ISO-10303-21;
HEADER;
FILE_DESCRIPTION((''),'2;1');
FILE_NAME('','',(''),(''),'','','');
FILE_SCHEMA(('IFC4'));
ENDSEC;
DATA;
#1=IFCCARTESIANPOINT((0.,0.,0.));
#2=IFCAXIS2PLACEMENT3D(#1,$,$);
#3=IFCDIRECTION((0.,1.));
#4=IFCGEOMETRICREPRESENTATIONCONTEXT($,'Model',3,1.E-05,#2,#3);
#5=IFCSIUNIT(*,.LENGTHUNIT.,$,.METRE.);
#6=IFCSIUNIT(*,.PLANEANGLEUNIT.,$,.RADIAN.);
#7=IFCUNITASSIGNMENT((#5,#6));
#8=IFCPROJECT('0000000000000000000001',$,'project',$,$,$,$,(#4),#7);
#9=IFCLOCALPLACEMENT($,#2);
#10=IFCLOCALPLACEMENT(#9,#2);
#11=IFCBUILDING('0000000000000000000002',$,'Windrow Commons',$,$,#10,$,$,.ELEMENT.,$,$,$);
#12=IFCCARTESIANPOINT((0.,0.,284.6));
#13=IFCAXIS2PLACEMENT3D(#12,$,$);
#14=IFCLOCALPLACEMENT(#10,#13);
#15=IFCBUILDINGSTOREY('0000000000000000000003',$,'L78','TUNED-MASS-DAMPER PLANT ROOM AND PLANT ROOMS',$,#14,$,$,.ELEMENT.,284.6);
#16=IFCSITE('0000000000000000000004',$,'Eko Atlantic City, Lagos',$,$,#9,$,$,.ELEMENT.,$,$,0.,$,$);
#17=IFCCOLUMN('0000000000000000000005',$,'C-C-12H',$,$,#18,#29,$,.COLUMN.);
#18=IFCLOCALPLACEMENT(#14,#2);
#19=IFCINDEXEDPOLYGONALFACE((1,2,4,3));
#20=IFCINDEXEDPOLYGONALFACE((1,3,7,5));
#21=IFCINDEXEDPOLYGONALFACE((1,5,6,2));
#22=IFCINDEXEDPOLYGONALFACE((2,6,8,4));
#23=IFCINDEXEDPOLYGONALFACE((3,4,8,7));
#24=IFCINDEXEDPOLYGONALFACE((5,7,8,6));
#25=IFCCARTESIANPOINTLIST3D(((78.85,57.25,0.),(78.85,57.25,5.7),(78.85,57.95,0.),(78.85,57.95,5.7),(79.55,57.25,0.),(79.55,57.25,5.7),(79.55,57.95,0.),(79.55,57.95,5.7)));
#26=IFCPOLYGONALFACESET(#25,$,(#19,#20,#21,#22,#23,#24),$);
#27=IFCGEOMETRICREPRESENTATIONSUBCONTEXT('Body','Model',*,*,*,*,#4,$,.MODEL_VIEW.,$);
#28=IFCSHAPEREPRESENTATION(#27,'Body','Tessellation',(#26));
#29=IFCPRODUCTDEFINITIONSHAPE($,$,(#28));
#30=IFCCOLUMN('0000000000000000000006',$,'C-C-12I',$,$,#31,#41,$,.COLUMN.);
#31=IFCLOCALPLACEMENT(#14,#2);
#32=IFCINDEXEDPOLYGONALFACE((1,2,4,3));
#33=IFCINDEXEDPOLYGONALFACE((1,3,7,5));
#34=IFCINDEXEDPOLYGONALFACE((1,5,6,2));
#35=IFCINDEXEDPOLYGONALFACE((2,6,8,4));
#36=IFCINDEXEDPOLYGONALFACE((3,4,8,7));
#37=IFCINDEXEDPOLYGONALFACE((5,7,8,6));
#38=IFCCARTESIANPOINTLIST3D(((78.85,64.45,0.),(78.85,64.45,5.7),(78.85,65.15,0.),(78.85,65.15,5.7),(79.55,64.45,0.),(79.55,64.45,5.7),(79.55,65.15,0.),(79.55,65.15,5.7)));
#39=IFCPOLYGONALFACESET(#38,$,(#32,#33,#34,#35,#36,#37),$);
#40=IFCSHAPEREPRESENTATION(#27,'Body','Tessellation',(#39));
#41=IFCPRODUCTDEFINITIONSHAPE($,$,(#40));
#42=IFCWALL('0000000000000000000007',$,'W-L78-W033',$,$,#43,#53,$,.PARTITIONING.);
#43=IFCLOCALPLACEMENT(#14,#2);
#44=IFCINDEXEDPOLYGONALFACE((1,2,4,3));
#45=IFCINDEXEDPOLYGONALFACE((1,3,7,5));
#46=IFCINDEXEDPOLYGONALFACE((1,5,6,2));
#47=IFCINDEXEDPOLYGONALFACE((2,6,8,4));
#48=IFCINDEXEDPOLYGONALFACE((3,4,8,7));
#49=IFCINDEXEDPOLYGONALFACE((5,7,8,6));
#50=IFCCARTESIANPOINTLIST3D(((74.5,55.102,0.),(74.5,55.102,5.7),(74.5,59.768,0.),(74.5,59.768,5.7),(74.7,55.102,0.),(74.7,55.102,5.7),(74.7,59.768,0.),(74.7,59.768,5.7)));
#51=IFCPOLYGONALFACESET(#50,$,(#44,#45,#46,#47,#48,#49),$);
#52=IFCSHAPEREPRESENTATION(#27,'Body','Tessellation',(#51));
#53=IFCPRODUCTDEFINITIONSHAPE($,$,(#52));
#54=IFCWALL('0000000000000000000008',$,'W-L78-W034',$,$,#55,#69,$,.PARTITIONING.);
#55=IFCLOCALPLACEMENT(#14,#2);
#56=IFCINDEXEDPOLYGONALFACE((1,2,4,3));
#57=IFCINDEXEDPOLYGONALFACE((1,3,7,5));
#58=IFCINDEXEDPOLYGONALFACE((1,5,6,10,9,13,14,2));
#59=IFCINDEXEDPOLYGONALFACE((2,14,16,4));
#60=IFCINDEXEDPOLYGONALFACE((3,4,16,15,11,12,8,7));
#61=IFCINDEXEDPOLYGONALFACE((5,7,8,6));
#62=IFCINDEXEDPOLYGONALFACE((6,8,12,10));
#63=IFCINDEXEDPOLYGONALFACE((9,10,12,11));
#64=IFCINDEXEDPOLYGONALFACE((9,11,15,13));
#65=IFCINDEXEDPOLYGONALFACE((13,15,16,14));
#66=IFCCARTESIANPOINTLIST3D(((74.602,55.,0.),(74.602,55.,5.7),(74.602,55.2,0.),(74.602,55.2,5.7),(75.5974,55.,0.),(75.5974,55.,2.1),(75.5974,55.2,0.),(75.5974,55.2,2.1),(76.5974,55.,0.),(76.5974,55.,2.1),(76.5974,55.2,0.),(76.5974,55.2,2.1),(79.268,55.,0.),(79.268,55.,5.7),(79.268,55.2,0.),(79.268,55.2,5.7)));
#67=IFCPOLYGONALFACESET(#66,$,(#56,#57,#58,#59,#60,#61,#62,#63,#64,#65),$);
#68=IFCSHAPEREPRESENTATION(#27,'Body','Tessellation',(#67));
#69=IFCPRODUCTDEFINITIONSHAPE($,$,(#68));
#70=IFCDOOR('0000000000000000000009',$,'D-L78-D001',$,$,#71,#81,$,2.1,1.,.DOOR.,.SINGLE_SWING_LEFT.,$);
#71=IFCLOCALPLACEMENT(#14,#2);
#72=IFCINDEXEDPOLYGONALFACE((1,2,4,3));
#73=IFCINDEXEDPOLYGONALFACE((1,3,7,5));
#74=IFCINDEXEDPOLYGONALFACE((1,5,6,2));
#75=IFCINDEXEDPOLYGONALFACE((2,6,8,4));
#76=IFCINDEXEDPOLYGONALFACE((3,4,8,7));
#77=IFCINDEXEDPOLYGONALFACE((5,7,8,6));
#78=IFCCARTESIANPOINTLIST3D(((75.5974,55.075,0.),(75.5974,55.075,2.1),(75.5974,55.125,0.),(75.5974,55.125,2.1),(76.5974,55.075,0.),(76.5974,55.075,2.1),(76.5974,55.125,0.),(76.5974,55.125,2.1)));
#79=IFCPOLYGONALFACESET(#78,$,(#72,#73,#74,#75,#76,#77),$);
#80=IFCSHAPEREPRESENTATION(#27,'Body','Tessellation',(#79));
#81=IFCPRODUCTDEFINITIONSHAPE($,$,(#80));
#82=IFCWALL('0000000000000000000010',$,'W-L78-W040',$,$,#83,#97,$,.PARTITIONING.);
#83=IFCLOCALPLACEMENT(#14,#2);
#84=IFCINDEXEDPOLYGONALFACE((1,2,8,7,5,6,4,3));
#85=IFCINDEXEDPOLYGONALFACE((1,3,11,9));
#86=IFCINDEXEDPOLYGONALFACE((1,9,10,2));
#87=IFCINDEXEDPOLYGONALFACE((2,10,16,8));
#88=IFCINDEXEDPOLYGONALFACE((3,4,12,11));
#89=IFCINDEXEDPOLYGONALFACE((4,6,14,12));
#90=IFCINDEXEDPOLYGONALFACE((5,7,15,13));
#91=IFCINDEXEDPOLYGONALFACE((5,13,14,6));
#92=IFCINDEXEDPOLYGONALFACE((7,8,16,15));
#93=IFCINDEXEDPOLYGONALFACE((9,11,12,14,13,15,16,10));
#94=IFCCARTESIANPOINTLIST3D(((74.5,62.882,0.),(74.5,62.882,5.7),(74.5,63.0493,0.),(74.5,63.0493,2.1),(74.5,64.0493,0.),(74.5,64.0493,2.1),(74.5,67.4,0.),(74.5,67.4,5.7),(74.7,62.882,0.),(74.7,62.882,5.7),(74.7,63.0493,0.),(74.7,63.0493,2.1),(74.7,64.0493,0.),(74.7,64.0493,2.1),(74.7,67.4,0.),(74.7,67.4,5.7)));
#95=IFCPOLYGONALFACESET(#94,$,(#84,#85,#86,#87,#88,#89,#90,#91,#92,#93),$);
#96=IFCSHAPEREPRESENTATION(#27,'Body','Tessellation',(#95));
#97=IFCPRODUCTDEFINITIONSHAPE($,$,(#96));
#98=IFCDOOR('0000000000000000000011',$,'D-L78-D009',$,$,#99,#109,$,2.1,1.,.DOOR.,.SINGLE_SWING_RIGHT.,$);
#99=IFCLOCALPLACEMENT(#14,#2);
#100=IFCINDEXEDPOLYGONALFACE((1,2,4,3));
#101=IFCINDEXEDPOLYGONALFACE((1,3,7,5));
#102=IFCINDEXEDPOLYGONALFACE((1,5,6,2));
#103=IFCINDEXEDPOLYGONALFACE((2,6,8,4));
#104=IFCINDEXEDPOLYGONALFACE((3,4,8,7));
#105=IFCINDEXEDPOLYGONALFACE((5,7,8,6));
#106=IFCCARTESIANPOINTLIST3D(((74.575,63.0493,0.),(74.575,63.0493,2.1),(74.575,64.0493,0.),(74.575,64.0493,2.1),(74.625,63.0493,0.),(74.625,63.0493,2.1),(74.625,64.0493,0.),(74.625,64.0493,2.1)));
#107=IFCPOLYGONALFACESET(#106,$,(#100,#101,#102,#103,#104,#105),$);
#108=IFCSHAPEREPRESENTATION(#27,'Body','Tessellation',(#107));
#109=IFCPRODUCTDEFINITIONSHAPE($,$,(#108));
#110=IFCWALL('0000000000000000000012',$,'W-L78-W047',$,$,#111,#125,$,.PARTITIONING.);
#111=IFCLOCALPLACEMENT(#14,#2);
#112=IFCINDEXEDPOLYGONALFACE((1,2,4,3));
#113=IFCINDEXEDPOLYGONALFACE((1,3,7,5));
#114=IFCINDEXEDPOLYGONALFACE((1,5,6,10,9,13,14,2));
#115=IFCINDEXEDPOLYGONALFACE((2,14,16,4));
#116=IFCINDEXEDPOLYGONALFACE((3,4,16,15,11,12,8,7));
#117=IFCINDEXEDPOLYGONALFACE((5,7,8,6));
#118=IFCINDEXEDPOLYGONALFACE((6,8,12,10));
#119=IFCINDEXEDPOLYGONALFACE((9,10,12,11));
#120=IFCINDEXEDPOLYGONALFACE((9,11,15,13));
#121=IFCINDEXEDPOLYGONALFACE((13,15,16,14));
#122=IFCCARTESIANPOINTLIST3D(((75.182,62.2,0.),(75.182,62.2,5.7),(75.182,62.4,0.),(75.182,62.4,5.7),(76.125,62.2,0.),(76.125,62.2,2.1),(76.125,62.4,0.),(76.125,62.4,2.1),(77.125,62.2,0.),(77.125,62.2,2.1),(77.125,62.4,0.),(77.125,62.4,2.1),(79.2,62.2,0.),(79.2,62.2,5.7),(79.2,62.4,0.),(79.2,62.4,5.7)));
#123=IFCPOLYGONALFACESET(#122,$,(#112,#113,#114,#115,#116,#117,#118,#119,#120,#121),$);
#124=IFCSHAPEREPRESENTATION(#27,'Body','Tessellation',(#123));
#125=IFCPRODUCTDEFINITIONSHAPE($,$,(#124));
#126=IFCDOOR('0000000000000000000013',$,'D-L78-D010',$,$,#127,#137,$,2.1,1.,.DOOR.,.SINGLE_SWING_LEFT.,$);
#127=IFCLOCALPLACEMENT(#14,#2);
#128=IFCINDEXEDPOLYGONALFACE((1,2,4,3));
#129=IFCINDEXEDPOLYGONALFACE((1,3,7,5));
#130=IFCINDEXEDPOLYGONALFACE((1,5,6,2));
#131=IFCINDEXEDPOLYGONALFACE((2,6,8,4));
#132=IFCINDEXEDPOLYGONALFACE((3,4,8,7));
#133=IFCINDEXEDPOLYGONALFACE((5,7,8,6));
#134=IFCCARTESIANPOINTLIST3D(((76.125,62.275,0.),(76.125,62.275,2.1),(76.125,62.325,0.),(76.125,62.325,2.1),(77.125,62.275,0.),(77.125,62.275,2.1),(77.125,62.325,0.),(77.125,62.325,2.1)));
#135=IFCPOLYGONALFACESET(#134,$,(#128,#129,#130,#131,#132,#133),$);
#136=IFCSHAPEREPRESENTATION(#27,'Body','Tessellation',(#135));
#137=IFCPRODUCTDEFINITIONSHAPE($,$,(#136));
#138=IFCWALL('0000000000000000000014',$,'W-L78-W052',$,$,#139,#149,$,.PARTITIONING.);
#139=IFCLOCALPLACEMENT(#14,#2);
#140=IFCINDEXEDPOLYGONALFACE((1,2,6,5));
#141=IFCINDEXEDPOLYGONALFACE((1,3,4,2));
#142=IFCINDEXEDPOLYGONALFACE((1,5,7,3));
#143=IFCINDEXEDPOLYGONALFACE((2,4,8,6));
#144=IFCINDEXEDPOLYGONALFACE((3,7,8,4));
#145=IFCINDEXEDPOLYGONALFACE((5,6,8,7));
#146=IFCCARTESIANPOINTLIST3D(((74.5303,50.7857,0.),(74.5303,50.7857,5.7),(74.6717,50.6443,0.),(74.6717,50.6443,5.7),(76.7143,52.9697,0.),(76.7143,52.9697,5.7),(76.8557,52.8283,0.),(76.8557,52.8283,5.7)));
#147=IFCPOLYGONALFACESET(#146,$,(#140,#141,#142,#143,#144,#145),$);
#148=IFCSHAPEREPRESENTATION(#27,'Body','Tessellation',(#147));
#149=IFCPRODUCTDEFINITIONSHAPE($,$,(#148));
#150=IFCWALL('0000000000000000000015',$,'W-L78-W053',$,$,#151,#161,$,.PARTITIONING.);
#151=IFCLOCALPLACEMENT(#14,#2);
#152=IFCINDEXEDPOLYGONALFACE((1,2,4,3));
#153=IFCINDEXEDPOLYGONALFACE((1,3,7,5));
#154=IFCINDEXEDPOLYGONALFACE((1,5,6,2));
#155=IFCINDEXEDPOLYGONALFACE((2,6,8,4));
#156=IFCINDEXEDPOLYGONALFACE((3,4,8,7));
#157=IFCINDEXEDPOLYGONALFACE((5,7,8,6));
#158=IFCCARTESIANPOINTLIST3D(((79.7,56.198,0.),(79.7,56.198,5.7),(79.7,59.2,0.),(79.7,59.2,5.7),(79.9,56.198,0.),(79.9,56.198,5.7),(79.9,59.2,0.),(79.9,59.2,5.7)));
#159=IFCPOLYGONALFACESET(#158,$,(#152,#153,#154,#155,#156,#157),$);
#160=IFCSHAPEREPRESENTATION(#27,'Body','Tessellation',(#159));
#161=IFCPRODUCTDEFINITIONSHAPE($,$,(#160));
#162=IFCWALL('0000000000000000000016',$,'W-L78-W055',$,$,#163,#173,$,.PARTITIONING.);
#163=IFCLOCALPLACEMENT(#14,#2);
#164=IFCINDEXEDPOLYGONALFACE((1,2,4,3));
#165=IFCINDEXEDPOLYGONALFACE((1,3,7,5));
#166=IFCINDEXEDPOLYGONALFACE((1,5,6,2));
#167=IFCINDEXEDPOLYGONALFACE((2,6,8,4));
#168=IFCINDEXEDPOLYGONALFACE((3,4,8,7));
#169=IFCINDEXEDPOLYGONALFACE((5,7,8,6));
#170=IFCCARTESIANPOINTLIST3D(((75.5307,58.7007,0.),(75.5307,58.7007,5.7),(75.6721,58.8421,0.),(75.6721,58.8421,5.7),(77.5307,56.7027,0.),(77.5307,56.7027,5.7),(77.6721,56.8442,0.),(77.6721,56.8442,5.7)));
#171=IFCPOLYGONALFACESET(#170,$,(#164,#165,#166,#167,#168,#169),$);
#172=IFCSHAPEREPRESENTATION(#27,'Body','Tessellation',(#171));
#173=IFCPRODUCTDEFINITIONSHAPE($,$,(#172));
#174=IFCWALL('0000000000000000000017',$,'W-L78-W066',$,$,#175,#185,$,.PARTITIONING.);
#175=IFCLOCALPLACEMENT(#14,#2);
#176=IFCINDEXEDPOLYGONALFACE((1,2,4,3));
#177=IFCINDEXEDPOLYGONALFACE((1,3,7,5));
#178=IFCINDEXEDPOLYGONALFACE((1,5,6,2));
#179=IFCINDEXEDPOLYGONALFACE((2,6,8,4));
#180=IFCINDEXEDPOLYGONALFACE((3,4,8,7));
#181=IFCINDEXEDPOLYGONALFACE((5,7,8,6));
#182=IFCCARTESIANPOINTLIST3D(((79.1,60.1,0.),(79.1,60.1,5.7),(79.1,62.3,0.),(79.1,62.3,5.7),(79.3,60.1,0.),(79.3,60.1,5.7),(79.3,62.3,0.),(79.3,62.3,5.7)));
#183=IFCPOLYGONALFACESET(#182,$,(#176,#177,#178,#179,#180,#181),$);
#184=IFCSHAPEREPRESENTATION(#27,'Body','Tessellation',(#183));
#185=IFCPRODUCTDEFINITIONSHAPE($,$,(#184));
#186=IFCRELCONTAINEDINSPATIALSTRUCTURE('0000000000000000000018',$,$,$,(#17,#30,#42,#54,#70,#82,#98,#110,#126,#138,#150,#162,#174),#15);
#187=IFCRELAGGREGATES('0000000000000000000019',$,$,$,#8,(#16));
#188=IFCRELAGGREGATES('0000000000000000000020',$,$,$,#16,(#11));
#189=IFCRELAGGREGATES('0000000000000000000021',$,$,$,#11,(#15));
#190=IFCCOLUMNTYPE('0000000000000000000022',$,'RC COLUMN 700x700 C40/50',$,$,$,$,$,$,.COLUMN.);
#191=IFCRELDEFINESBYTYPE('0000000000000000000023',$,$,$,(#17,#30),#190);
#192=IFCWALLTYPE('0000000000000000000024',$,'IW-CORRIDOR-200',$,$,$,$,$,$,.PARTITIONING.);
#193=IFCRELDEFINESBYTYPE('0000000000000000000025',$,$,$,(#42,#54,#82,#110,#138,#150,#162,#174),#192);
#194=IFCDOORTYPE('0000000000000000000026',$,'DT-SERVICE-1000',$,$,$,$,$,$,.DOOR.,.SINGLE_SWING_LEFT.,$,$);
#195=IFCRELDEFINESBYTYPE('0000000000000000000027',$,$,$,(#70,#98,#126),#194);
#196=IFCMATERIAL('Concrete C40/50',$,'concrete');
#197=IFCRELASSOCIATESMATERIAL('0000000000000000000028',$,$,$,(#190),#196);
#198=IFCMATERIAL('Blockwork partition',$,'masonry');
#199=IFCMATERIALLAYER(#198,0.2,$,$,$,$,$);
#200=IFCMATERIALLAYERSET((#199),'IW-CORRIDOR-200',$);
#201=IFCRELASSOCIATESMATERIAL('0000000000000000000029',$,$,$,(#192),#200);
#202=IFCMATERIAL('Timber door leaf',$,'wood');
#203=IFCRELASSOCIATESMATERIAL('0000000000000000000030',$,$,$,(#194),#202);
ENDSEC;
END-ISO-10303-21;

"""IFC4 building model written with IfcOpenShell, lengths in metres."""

from ifc_helpers import new_model, si_unit, direction, frame, frame_2d, origin, origin_2d, place, context, subcontext, project, spatial, rectangle, extrude, material, layer, layer_set, material_profile, profile_set, type_object, element, fill, save


model = new_model("IFC4")

# Units and contexts
model_context = context("Model", 3, precision=1e-05, world=origin(), true_north=direction((0.0, 1.0)))
body_context = subcontext(model_context, "Body", "Model", "MODEL_VIEW")
ifc_project = project(units=[si_unit("LENGTHUNIT", "METRE"), si_unit("PLANEANGLEUNIT", "RADIAN")], contexts=[model_context])

# Site, building, storey
site_placement = place(None, origin())
site = spatial("IfcSite", under=ifc_project, at=site_placement, Name="Eko Atlantic City, Lagos", CompositionType="ELEMENT", RefElevation=0.0)
building_placement = place(site_placement, origin())
building = spatial("IfcBuilding", under=site, at=building_placement, Name="Windrow Commons", CompositionType="ELEMENT")
storey_placement = place(building_placement, frame((0.0, 0.0, 284.6)))
storey = spatial("IfcBuildingStorey", under=building, at=storey_placement, Name="L78", Description="TUNED-MASS-DAMPER PLANT ROOM AND PLANT ROOMS", CompositionType="ELEMENT", Elevation=284.6)

# Columns
ifc_material_1 = material(Name="Concrete C40/50", Category="concrete")
ifc_material_profile = material_profile(ifc_material_1, rectangle(XDim=0.7, YDim=0.7, at=origin_2d()))
ifc_profile_set = profile_set([ifc_material_profile], Name="Concrete C40/50")
column_type = type_object("IfcColumnType", Name="RC COLUMN 700x700 C40/50", PredefinedType="COLUMN", material=ifc_profile_set)
for number, where, z_axis, x_axis, name in (
    (1, (79.2, 57.6, 0.0), (0.0, 0.0, 1.0), (1.0, 0.0, 0.0), "C-C-12H"),
    (2, (79.2, 64.8, 0.0), (0.0, 0.0, 1.0), (1.0, 0.0, 0.0), "C-C-12I"),
):
    element("IfcColumn", number, at=place(storey_placement, frame(where, z_axis=z_axis, x_axis=x_axis)), inside=storey, type_object=column_type, Name=name, PredefinedType="COLUMN", context=body_context, shape_type="SweptSolid", body=[
        extrude(rectangle(XDim=0.7, YDim=0.7, at=origin_2d()), origin(), (0.0, 0.0, 1.0), 5.7),
    ])

# Wall
ifc_material_2 = material(Name="Blockwork partition", Category="masonry")
ifc_layer_1 = layer(ifc_material_2, 0.2)
ifc_layer_set_1 = layer_set([ifc_layer_1], Name="IW-CORRIDOR-200")
wall_type_1 = type_object("IfcWallType", Name="IW-CORRIDOR-200", PredefinedType="PARTITIONING", material=ifc_layer_set_1)
wall_1_placement = place(storey_placement, frame((74.6, 55.102, 0.0), z_axis=(0.0, 0.0, 1.0), x_axis=(0.0, 1.0, 0.0)))
element("IfcWall", 3, at=wall_1_placement, inside=storey, type_object=wall_type_1, Name="W-L78-W033", PredefinedType="PARTITIONING", context=body_context, shape_type="SweptSolid", body=[
    extrude(rectangle(XDim=4.666, YDim=0.2, at=frame_2d((2.333, 0.0))), origin(), (0.0, 0.0, 1.0), 5.7),
])

# Walls, openings, doors
wall_2_placement = place(storey_placement, frame((74.602, 55.1, 0.0), z_axis=(0.0, 0.0, 1.0), x_axis=(1.0, 0.0, 0.0)))
wall_2 = element("IfcWall", 4, at=wall_2_placement, inside=storey, type_object=wall_type_1, Name="W-L78-W034", PredefinedType="PARTITIONING", context=body_context, shape_type="SweptSolid", body=[
    extrude(rectangle(XDim=4.666, YDim=0.2, at=frame_2d((2.333, 0.0))), origin(), (0.0, 0.0, 1.0), 5.7),
])
opening_1_placement = place(wall_2_placement, frame((0.9954, 0.0, 0.0)))
opening_1 = element("IfcOpeningElement", 5, at=opening_1_placement, cuts=wall_2, PredefinedType="OPENING", context=body_context, shape_type="SweptSolid", body=[
    extrude(rectangle(XDim=1.0, YDim=2.1, at=frame_2d((0.5, 1.05))), frame((0.0, 0.11, 0.0), z_axis=(0.0, -1.0, 0.0), x_axis=(1.0, 0.0, 0.0)), (0.0, 0.0, 1.0), 0.22),
])
ifc_material_3 = material(Name="Timber door leaf", Category="wood")
door_type_1 = type_object("IfcDoorType", Name="DT-SERVICE-1000", OperationType="SINGLE_SWING_LEFT", PredefinedType="DOOR", material=ifc_material_3)
door_1_placement = place(opening_1_placement, origin())
door_1 = element("IfcDoor", 6, at=door_1_placement, inside=storey, type_object=door_type_1, Name="D-L78-D001", OperationType="SINGLE_SWING_LEFT", OverallHeight=2.1, OverallWidth=1.0, PredefinedType="DOOR", context=body_context, shape_type="SweptSolid", body=[
    extrude(rectangle(XDim=1.0, YDim=2.1, at=frame_2d((0.5, 1.05))), frame((0.0, 0.025, 0.0), z_axis=(0.0, -1.0, 0.0), x_axis=(1.0, 0.0, 0.0)), (0.0, 0.0, 1.0), 0.05),
])
fill(opening_1, door_1)
wall_3_placement = place(storey_placement, frame((74.6, 62.882, 0.0), z_axis=(0.0, 0.0, 1.0), x_axis=(0.0, 1.0, 0.0)))
wall_3 = element("IfcWall", 7, at=wall_3_placement, inside=storey, type_object=wall_type_1, Name="W-L78-W040", PredefinedType="PARTITIONING", context=body_context, shape_type="SweptSolid", body=[
    extrude(rectangle(XDim=4.518, YDim=0.2, at=frame_2d((2.259, 0.0))), origin(), (0.0, 0.0, 1.0), 5.7),
])
opening_2_placement = place(wall_3_placement, frame((0.1673, 0.0, 0.0)))
opening_2 = element("IfcOpeningElement", 8, at=opening_2_placement, cuts=wall_3, PredefinedType="OPENING", context=body_context, shape_type="SweptSolid", body=[
    extrude(rectangle(XDim=1.0, YDim=2.1, at=frame_2d((0.5, 1.05))), frame((0.0, 0.11, 0.0), z_axis=(0.0, -1.0, 0.0), x_axis=(1.0, 0.0, 0.0)), (0.0, 0.0, 1.0), 0.22),
])
door_2_placement = place(opening_2_placement, origin())
door_2 = element("IfcDoor", 9, at=door_2_placement, inside=storey, type_object=door_type_1, Name="D-L78-D009", OperationType="SINGLE_SWING_RIGHT", OverallHeight=2.1, OverallWidth=1.0, PredefinedType="DOOR", context=body_context, shape_type="SweptSolid", body=[
    extrude(rectangle(XDim=1.0, YDim=2.1, at=frame_2d((0.5, 1.05))), frame((0.0, 0.025, 0.0), z_axis=(0.0, -1.0, 0.0), x_axis=(1.0, 0.0, 0.0)), (0.0, 0.0, 1.0), 0.05),
])
fill(opening_2, door_2)
wall_4_placement = place(storey_placement, frame((75.182, 62.3, 0.0), z_axis=(0.0, 0.0, 1.0), x_axis=(1.0, 0.0, 0.0)))
wall_4 = element("IfcWall", 10, at=wall_4_placement, inside=storey, type_object=wall_type_1, Name="W-L78-W047", PredefinedType="PARTITIONING", context=body_context, shape_type="SweptSolid", body=[
    extrude(rectangle(XDim=4.018, YDim=0.2, at=frame_2d((2.009, 0.0))), origin(), (0.0, 0.0, 1.0), 5.7),
])
opening_3_placement = place(wall_4_placement, frame((0.943, 0.0, 0.0)))
opening_3 = element("IfcOpeningElement", 11, at=opening_3_placement, cuts=wall_4, PredefinedType="OPENING", context=body_context, shape_type="SweptSolid", body=[
    extrude(rectangle(XDim=1.0, YDim=2.1, at=frame_2d((0.5, 1.05))), frame((0.0, 0.11, 0.0), z_axis=(0.0, -1.0, 0.0), x_axis=(1.0, 0.0, 0.0)), (0.0, 0.0, 1.0), 0.22),
])
door_3_placement = place(opening_3_placement, origin())
door_3 = element("IfcDoor", 12, at=door_3_placement, inside=storey, type_object=door_type_1, Name="D-L78-D010", OperationType="SINGLE_SWING_LEFT", OverallHeight=2.1, OverallWidth=1.0, PredefinedType="DOOR", context=body_context, shape_type="SweptSolid", body=[
    extrude(rectangle(XDim=1.0, YDim=2.1, at=frame_2d((0.5, 1.05))), frame((0.0, 0.025, 0.0), z_axis=(0.0, -1.0, 0.0), x_axis=(1.0, 0.0, 0.0)), (0.0, 0.0, 1.0), 0.05),
])
fill(opening_3, door_3)

# Walls
wall_5_placement = place(storey_placement, frame((74.601, 50.715, 0.0), z_axis=(0.0, 0.0, 1.0), x_axis=(0.707107, 0.707107, 0.0)))
element("IfcWall", 13, at=wall_5_placement, inside=storey, type_object=wall_type_1, Name="W-L78-W052", PredefinedType="PARTITIONING", context=body_context, shape_type="SweptSolid", body=[
    extrude(rectangle(XDim=3.0886, YDim=0.2, at=frame_2d((1.5443, 0.0))), origin(), (0.0, 0.0, 1.0), 5.7),
])
wall_6_placement = place(storey_placement, frame((79.8, 56.198, 0.0), z_axis=(0.0, 0.0, 1.0), x_axis=(0.0, 1.0, 0.0)))
element("IfcWall", 14, at=wall_6_placement, inside=storey, type_object=wall_type_1, Name="W-L78-W053", PredefinedType="PARTITIONING", context=body_context, shape_type="SweptSolid", body=[
    extrude(rectangle(XDim=3.002, YDim=0.2, at=frame_2d((1.501, 0.0))), origin(), (0.0, 0.0, 1.0), 5.7),
])
wall_7_placement = place(storey_placement, frame((75.6014, 58.7714, 0.0), z_axis=(0.0, 0.0, 1.0), x_axis=(0.70746, -0.706753, 0.0)))
element("IfcWall", 15, at=wall_7_placement, inside=storey, type_object=wall_type_1, Name="W-L78-W055", PredefinedType="PARTITIONING", context=body_context, shape_type="SweptSolid", body=[
    extrude(rectangle(XDim=2.827, YDim=0.2, at=frame_2d((1.4135, 0.0))), origin(), (0.0, 0.0, 1.0), 5.7),
])
wall_8_placement = place(storey_placement, frame((79.2, 60.1, 0.0), z_axis=(0.0, 0.0, 1.0), x_axis=(0.0, 1.0, 0.0)))
element("IfcWall", 16, at=wall_8_placement, inside=storey, type_object=wall_type_1, Name="W-L78-W066", PredefinedType="PARTITIONING", context=body_context, shape_type="SweptSolid", body=[
    extrude(rectangle(XDim=2.2, YDim=0.2, at=frame_2d((1.1, 0.0))), origin(), (0.0, 0.0, 1.0), 5.7),
])

save(model, "model.ifc")
